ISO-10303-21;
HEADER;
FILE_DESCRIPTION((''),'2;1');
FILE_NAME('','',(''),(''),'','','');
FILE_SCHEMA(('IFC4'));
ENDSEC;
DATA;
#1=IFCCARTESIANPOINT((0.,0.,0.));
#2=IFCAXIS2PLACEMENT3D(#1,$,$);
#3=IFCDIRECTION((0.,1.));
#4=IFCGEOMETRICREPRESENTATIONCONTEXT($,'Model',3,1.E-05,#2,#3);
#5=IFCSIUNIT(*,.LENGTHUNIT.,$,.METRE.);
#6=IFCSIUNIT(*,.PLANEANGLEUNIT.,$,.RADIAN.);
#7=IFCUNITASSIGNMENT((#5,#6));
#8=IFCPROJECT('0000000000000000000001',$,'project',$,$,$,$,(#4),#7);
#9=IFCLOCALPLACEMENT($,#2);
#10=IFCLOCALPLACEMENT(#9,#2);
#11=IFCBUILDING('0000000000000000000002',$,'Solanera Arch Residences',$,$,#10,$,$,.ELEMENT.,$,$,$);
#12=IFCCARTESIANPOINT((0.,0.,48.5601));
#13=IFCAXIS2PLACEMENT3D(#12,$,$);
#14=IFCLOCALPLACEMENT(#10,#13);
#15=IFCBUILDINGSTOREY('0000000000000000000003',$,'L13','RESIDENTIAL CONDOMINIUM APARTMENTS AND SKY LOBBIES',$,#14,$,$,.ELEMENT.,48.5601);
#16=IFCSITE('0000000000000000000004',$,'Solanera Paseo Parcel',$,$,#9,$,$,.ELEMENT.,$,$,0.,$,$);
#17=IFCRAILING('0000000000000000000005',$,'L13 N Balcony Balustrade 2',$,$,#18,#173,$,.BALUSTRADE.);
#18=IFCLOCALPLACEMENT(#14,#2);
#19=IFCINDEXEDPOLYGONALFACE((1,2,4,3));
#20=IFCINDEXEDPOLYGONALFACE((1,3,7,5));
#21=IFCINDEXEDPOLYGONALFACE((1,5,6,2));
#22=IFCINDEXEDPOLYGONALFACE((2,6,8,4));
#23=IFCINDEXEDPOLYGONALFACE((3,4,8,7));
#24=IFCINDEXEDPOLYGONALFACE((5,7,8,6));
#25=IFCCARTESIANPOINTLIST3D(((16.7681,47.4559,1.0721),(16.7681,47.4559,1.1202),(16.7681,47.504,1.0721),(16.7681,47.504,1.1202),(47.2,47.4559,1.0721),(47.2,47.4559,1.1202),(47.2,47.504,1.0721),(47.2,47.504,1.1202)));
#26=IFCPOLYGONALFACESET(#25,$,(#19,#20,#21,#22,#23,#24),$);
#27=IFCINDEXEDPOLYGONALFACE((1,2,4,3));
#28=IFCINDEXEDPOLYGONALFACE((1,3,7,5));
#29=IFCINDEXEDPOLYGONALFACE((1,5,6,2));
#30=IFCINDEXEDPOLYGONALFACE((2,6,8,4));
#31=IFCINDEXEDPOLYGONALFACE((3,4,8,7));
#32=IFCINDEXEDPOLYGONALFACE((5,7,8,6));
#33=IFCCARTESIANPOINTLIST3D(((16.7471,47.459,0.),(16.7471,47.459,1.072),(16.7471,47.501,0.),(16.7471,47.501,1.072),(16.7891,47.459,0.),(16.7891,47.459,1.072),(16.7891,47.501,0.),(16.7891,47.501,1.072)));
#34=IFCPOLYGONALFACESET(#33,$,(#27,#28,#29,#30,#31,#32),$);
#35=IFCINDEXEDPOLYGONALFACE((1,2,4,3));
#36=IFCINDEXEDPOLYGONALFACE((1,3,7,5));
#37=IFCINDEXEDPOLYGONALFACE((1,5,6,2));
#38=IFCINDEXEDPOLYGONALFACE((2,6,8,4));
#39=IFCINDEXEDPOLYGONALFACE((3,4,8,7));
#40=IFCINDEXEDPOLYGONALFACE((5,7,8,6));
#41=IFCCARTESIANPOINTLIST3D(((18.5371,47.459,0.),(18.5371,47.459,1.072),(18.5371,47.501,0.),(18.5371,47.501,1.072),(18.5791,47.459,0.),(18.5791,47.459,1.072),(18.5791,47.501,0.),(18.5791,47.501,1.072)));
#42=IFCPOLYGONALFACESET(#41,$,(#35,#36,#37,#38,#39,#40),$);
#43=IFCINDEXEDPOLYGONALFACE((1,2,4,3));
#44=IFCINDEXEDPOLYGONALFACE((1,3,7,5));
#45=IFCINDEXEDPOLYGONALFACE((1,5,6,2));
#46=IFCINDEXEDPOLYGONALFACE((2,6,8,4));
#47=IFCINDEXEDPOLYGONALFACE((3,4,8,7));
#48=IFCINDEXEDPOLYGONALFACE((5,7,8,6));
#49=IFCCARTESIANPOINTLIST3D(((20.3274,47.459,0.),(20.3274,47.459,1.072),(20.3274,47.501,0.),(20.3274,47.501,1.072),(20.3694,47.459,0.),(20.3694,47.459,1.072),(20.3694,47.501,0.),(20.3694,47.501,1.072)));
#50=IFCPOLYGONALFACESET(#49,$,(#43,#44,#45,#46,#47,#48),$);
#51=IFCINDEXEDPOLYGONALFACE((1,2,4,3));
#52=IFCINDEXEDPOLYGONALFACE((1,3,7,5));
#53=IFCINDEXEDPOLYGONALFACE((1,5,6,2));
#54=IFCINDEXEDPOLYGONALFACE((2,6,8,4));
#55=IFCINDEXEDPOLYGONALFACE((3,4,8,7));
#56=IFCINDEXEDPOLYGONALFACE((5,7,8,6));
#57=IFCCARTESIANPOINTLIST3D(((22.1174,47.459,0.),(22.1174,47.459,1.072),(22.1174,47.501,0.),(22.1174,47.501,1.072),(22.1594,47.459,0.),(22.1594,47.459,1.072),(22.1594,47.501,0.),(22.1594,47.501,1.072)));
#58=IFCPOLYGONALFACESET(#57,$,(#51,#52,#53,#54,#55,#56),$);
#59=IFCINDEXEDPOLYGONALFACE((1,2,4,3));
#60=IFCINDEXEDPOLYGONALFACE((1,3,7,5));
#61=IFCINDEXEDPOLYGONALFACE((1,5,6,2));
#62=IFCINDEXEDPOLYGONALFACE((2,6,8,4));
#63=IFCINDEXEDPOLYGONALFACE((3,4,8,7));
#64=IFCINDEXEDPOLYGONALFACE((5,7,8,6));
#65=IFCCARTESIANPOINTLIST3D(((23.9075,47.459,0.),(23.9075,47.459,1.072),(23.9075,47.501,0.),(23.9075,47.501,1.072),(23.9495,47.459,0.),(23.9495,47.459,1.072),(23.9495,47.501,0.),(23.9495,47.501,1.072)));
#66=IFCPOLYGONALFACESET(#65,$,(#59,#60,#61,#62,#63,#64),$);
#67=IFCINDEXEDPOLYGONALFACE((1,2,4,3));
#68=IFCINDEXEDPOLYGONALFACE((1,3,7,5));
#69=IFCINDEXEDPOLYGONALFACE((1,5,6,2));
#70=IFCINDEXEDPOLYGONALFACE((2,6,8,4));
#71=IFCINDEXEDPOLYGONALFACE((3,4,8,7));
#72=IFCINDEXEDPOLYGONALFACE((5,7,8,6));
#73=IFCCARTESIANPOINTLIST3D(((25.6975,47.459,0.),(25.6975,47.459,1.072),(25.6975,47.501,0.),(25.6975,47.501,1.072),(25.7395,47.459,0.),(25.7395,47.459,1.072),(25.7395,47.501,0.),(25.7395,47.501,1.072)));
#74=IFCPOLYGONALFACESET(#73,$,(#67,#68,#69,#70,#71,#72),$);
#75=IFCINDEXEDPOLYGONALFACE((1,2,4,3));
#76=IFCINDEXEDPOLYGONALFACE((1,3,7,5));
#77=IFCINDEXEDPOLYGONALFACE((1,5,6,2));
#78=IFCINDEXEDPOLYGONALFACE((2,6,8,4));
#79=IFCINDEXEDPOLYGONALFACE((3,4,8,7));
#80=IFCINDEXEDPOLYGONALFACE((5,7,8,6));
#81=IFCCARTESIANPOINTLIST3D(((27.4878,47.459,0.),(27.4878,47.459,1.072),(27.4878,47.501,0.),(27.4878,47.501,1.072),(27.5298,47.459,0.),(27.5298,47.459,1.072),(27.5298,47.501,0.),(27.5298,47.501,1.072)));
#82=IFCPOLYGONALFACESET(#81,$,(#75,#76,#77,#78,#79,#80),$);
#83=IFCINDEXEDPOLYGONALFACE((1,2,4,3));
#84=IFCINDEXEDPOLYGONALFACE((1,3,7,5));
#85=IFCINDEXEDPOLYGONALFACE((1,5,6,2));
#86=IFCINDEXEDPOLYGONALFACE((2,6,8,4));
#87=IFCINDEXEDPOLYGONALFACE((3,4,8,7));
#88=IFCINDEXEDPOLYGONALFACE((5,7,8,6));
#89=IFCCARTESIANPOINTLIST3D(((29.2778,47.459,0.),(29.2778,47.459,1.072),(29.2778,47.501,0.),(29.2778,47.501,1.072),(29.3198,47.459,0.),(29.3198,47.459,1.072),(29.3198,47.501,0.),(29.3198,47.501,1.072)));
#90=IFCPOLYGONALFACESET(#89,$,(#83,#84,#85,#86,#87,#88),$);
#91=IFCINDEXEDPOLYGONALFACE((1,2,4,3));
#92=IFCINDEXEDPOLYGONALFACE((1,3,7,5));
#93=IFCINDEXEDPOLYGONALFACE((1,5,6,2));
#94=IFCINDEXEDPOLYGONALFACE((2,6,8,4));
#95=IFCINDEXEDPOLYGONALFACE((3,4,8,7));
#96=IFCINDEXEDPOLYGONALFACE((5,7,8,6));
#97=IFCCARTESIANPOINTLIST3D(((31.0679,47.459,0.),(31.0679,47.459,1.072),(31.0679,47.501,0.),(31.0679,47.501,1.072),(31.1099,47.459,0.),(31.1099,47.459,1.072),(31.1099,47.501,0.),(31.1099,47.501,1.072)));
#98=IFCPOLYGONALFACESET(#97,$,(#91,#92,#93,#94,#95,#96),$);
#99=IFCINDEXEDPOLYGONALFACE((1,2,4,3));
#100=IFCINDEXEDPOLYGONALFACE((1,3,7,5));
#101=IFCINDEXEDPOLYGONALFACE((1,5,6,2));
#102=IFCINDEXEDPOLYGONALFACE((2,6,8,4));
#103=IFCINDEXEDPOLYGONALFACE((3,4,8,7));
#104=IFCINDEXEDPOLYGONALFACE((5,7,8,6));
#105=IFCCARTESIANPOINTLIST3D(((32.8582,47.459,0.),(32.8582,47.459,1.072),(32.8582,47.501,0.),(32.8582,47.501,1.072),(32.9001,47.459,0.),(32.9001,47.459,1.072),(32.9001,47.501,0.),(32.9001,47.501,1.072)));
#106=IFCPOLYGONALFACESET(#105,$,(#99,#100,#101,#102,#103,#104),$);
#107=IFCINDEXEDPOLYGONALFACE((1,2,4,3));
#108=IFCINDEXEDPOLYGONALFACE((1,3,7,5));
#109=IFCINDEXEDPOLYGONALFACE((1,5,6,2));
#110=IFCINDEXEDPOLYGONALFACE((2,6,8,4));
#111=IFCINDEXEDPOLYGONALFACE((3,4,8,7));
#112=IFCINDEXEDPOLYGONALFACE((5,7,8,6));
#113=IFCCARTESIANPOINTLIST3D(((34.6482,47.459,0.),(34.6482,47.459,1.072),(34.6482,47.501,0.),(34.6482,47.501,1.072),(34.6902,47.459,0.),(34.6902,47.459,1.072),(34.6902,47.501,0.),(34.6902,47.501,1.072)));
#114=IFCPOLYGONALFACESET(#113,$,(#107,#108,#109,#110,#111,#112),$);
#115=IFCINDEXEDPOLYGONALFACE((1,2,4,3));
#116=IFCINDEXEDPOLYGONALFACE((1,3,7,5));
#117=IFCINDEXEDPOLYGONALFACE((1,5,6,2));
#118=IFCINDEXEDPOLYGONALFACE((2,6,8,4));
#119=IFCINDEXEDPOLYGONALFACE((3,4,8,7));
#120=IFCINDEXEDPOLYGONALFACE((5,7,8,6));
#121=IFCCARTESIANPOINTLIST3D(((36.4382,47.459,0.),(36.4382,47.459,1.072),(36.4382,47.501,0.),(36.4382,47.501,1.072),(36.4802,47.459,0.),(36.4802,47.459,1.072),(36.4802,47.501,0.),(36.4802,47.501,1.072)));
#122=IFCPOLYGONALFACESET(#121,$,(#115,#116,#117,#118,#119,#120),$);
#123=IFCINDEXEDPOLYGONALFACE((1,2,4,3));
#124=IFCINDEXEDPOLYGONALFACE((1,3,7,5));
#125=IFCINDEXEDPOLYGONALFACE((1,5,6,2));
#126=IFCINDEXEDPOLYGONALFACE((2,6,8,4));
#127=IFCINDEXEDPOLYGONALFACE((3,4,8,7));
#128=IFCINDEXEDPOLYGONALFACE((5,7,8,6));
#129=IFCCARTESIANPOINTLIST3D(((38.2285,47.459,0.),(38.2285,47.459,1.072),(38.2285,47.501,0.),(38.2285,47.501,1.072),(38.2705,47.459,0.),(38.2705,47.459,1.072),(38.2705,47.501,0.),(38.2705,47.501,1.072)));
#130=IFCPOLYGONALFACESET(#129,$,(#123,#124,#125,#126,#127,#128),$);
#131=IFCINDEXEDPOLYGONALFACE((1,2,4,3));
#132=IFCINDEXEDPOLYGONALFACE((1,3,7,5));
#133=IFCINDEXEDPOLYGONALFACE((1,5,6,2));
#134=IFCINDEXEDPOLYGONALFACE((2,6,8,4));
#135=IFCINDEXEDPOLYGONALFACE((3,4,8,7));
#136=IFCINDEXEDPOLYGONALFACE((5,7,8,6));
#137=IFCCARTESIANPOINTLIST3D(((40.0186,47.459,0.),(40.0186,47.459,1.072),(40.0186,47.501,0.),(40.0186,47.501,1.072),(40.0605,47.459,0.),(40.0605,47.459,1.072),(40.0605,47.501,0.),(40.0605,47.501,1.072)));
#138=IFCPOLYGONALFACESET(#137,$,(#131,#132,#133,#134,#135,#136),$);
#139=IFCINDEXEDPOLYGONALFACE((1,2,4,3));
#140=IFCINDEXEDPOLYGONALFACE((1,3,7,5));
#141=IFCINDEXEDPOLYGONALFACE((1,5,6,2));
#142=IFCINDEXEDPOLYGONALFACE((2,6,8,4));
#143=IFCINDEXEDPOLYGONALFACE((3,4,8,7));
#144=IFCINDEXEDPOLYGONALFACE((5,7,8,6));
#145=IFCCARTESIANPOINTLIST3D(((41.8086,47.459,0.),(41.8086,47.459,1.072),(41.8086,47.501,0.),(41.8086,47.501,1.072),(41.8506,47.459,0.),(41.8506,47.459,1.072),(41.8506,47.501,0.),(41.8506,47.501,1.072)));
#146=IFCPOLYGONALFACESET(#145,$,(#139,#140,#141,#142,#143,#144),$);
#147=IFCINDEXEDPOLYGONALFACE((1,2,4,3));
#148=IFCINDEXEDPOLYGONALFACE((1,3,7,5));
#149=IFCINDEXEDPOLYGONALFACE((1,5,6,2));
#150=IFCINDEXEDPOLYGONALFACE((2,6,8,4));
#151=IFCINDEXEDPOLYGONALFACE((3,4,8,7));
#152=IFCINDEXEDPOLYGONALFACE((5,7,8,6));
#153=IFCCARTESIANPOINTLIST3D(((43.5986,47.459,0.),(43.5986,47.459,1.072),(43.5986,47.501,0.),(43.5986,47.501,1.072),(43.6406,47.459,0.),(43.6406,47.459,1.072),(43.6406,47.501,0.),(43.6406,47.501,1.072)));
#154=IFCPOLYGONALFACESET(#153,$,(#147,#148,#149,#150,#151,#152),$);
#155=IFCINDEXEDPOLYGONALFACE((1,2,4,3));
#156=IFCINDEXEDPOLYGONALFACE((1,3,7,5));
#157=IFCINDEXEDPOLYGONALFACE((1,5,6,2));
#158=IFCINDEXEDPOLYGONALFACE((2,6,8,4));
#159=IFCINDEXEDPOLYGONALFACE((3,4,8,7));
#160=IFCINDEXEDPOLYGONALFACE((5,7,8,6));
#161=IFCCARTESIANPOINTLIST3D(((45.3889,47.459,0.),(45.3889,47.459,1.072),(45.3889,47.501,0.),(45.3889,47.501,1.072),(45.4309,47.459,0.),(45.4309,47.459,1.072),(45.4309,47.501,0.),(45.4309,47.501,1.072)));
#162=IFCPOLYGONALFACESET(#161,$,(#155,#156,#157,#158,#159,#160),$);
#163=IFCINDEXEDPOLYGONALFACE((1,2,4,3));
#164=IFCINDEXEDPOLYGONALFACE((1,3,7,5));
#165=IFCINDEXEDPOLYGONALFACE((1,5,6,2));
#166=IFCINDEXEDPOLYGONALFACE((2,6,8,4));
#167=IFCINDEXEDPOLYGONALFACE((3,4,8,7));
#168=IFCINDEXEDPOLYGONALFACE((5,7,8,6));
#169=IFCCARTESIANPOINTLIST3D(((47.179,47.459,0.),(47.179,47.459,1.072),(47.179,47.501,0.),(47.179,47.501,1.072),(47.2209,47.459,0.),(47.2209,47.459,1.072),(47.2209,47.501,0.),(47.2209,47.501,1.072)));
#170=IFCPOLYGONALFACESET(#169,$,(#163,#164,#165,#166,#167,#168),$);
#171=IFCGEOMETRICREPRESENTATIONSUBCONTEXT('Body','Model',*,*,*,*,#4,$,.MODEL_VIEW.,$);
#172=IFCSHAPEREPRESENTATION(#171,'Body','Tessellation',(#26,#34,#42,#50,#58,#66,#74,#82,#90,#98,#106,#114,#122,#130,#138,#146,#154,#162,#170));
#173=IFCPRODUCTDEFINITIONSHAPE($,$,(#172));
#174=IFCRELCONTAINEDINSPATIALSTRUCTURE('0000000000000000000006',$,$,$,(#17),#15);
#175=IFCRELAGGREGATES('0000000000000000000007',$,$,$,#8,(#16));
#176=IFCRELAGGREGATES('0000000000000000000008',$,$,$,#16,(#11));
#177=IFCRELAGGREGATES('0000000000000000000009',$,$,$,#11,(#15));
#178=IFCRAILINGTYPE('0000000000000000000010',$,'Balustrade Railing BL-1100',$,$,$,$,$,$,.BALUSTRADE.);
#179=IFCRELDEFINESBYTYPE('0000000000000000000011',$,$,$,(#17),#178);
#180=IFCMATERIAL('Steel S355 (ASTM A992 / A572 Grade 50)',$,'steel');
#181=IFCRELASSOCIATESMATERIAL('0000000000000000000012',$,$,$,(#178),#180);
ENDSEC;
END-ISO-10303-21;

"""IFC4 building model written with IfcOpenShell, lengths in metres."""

from ifc_helpers import new_model, si_unit, direction, frame, origin, origin_2d, place, context, subcontext, project, spatial, rectangle, extrude, material, type_object, element, save


model = new_model("IFC4")

# Units and contexts
model_context = context("Model", 3, precision=1e-05, world=origin(), true_north=direction((0.0, 1.0)))
body_context = subcontext(model_context, "Body", "Model", "MODEL_VIEW")
ifc_project = project(units=[si_unit("LENGTHUNIT", "METRE"), si_unit("PLANEANGLEUNIT", "RADIAN")], contexts=[model_context])

# Site, building, storey
site_placement = place(None, origin())
site = spatial("IfcSite", under=ifc_project, at=site_placement, Name="Solanera Paseo Parcel", CompositionType="ELEMENT", RefElevation=0.0)
building_placement = place(site_placement, origin())
building = spatial("IfcBuilding", under=site, at=building_placement, Name="Solanera Arch Residences", CompositionType="ELEMENT")
storey_placement = place(building_placement, frame((0.0, 0.0, 48.5601)))
storey = spatial("IfcBuildingStorey", under=building, at=storey_placement, Name="L13", Description="RESIDENTIAL CONDOMINIUM APARTMENTS AND SKY LOBBIES", CompositionType="ELEMENT", Elevation=48.5601)

# Railing
ifc_material_1 = material(Name="Steel S355 (ASTM A992 / A572 Grade 50)", Category="steel")
railing_type = type_object("IfcRailingType", Name="Balustrade Railing BL-1100", PredefinedType="BALUSTRADE", material=ifc_material_1)
railing_placement = place(storey_placement, frame((16.7681, 47.48, 0.0)))
element("IfcRailing", 1, at=railing_placement, inside=storey, type_object=railing_type, Name="L13 N Balcony Balustrade 2", PredefinedType="BALUSTRADE", context=body_context, shape_type="SweptSolid", body=[
    extrude(rectangle(XDim=0.0481, YDim=0.0481, at=origin_2d()), frame((0.0, 0.0, 1.0962), z_axis=(1.0, 0.0, 0.0), x_axis=(0.0, 1.0, 0.0)), (0.0, 0.0, 1.0), 30.4319),
    extrude(rectangle(XDim=0.042, YDim=0.042, at=origin_2d()), origin(), (0.0, 0.0, 1.0), 1.072),
    extrude(rectangle(XDim=0.042, YDim=0.042, at=origin_2d()), frame((1.79, 0.0, 0.0)), (0.0, 0.0, 1.0), 1.072),
    extrude(rectangle(XDim=0.042, YDim=0.042, at=origin_2d()), frame((3.5803, 0.0, 0.0)), (0.0, 0.0, 1.0), 1.072),
    extrude(rectangle(XDim=0.042, YDim=0.042, at=origin_2d()), frame((5.3704, 0.0, 0.0)), (0.0, 0.0, 1.0), 1.072),
    extrude(rectangle(XDim=0.042, YDim=0.042, at=origin_2d()), frame((7.1604, 0.0, 0.0)), (0.0, 0.0, 1.0), 1.072),
    extrude(rectangle(XDim=0.042, YDim=0.042, at=origin_2d()), frame((8.9504, 0.0, 0.0)), (0.0, 0.0, 1.0), 1.072),
    extrude(rectangle(XDim=0.042, YDim=0.042, at=origin_2d()), frame((10.7407, 0.0, 0.0)), (0.0, 0.0, 1.0), 1.072),
    extrude(rectangle(XDim=0.042, YDim=0.042, at=origin_2d()), frame((12.5308, 0.0, 0.0)), (0.0, 0.0, 1.0), 1.072),
    extrude(rectangle(XDim=0.042, YDim=0.042, at=origin_2d()), frame((14.3208, 0.0, 0.0)), (0.0, 0.0, 1.0), 1.072),
    extrude(rectangle(XDim=0.042, YDim=0.042, at=origin_2d()), frame((16.1111, 0.0, 0.0)), (0.0, 0.0, 1.0), 1.072),
    extrude(rectangle(XDim=0.042, YDim=0.042, at=origin_2d()), frame((17.9011, 0.0, 0.0)), (0.0, 0.0, 1.0), 1.072),
    extrude(rectangle(XDim=0.042, YDim=0.042, at=origin_2d()), frame((19.6912, 0.0, 0.0)), (0.0, 0.0, 1.0), 1.072),
    extrude(rectangle(XDim=0.042, YDim=0.042, at=origin_2d()), frame((21.4814, 0.0, 0.0)), (0.0, 0.0, 1.0), 1.072),
    extrude(rectangle(XDim=0.042, YDim=0.042, at=origin_2d()), frame((23.2715, 0.0, 0.0)), (0.0, 0.0, 1.0), 1.072),
    extrude(rectangle(XDim=0.042, YDim=0.042, at=origin_2d()), frame((25.0615, 0.0, 0.0)), (0.0, 0.0, 1.0), 1.072),
    extrude(rectangle(XDim=0.042, YDim=0.042, at=origin_2d()), frame((26.8516, 0.0, 0.0)), (0.0, 0.0, 1.0), 1.072),
    extrude(rectangle(XDim=0.042, YDim=0.042, at=origin_2d()), frame((28.6418, 0.0, 0.0)), (0.0, 0.0, 1.0), 1.072),
    extrude(rectangle(XDim=0.042, YDim=0.042, at=origin_2d()), frame((30.4319, 0.0, 0.0)), (0.0, 0.0, 1.0), 1.072),
])

save(model, "model.ifc")
